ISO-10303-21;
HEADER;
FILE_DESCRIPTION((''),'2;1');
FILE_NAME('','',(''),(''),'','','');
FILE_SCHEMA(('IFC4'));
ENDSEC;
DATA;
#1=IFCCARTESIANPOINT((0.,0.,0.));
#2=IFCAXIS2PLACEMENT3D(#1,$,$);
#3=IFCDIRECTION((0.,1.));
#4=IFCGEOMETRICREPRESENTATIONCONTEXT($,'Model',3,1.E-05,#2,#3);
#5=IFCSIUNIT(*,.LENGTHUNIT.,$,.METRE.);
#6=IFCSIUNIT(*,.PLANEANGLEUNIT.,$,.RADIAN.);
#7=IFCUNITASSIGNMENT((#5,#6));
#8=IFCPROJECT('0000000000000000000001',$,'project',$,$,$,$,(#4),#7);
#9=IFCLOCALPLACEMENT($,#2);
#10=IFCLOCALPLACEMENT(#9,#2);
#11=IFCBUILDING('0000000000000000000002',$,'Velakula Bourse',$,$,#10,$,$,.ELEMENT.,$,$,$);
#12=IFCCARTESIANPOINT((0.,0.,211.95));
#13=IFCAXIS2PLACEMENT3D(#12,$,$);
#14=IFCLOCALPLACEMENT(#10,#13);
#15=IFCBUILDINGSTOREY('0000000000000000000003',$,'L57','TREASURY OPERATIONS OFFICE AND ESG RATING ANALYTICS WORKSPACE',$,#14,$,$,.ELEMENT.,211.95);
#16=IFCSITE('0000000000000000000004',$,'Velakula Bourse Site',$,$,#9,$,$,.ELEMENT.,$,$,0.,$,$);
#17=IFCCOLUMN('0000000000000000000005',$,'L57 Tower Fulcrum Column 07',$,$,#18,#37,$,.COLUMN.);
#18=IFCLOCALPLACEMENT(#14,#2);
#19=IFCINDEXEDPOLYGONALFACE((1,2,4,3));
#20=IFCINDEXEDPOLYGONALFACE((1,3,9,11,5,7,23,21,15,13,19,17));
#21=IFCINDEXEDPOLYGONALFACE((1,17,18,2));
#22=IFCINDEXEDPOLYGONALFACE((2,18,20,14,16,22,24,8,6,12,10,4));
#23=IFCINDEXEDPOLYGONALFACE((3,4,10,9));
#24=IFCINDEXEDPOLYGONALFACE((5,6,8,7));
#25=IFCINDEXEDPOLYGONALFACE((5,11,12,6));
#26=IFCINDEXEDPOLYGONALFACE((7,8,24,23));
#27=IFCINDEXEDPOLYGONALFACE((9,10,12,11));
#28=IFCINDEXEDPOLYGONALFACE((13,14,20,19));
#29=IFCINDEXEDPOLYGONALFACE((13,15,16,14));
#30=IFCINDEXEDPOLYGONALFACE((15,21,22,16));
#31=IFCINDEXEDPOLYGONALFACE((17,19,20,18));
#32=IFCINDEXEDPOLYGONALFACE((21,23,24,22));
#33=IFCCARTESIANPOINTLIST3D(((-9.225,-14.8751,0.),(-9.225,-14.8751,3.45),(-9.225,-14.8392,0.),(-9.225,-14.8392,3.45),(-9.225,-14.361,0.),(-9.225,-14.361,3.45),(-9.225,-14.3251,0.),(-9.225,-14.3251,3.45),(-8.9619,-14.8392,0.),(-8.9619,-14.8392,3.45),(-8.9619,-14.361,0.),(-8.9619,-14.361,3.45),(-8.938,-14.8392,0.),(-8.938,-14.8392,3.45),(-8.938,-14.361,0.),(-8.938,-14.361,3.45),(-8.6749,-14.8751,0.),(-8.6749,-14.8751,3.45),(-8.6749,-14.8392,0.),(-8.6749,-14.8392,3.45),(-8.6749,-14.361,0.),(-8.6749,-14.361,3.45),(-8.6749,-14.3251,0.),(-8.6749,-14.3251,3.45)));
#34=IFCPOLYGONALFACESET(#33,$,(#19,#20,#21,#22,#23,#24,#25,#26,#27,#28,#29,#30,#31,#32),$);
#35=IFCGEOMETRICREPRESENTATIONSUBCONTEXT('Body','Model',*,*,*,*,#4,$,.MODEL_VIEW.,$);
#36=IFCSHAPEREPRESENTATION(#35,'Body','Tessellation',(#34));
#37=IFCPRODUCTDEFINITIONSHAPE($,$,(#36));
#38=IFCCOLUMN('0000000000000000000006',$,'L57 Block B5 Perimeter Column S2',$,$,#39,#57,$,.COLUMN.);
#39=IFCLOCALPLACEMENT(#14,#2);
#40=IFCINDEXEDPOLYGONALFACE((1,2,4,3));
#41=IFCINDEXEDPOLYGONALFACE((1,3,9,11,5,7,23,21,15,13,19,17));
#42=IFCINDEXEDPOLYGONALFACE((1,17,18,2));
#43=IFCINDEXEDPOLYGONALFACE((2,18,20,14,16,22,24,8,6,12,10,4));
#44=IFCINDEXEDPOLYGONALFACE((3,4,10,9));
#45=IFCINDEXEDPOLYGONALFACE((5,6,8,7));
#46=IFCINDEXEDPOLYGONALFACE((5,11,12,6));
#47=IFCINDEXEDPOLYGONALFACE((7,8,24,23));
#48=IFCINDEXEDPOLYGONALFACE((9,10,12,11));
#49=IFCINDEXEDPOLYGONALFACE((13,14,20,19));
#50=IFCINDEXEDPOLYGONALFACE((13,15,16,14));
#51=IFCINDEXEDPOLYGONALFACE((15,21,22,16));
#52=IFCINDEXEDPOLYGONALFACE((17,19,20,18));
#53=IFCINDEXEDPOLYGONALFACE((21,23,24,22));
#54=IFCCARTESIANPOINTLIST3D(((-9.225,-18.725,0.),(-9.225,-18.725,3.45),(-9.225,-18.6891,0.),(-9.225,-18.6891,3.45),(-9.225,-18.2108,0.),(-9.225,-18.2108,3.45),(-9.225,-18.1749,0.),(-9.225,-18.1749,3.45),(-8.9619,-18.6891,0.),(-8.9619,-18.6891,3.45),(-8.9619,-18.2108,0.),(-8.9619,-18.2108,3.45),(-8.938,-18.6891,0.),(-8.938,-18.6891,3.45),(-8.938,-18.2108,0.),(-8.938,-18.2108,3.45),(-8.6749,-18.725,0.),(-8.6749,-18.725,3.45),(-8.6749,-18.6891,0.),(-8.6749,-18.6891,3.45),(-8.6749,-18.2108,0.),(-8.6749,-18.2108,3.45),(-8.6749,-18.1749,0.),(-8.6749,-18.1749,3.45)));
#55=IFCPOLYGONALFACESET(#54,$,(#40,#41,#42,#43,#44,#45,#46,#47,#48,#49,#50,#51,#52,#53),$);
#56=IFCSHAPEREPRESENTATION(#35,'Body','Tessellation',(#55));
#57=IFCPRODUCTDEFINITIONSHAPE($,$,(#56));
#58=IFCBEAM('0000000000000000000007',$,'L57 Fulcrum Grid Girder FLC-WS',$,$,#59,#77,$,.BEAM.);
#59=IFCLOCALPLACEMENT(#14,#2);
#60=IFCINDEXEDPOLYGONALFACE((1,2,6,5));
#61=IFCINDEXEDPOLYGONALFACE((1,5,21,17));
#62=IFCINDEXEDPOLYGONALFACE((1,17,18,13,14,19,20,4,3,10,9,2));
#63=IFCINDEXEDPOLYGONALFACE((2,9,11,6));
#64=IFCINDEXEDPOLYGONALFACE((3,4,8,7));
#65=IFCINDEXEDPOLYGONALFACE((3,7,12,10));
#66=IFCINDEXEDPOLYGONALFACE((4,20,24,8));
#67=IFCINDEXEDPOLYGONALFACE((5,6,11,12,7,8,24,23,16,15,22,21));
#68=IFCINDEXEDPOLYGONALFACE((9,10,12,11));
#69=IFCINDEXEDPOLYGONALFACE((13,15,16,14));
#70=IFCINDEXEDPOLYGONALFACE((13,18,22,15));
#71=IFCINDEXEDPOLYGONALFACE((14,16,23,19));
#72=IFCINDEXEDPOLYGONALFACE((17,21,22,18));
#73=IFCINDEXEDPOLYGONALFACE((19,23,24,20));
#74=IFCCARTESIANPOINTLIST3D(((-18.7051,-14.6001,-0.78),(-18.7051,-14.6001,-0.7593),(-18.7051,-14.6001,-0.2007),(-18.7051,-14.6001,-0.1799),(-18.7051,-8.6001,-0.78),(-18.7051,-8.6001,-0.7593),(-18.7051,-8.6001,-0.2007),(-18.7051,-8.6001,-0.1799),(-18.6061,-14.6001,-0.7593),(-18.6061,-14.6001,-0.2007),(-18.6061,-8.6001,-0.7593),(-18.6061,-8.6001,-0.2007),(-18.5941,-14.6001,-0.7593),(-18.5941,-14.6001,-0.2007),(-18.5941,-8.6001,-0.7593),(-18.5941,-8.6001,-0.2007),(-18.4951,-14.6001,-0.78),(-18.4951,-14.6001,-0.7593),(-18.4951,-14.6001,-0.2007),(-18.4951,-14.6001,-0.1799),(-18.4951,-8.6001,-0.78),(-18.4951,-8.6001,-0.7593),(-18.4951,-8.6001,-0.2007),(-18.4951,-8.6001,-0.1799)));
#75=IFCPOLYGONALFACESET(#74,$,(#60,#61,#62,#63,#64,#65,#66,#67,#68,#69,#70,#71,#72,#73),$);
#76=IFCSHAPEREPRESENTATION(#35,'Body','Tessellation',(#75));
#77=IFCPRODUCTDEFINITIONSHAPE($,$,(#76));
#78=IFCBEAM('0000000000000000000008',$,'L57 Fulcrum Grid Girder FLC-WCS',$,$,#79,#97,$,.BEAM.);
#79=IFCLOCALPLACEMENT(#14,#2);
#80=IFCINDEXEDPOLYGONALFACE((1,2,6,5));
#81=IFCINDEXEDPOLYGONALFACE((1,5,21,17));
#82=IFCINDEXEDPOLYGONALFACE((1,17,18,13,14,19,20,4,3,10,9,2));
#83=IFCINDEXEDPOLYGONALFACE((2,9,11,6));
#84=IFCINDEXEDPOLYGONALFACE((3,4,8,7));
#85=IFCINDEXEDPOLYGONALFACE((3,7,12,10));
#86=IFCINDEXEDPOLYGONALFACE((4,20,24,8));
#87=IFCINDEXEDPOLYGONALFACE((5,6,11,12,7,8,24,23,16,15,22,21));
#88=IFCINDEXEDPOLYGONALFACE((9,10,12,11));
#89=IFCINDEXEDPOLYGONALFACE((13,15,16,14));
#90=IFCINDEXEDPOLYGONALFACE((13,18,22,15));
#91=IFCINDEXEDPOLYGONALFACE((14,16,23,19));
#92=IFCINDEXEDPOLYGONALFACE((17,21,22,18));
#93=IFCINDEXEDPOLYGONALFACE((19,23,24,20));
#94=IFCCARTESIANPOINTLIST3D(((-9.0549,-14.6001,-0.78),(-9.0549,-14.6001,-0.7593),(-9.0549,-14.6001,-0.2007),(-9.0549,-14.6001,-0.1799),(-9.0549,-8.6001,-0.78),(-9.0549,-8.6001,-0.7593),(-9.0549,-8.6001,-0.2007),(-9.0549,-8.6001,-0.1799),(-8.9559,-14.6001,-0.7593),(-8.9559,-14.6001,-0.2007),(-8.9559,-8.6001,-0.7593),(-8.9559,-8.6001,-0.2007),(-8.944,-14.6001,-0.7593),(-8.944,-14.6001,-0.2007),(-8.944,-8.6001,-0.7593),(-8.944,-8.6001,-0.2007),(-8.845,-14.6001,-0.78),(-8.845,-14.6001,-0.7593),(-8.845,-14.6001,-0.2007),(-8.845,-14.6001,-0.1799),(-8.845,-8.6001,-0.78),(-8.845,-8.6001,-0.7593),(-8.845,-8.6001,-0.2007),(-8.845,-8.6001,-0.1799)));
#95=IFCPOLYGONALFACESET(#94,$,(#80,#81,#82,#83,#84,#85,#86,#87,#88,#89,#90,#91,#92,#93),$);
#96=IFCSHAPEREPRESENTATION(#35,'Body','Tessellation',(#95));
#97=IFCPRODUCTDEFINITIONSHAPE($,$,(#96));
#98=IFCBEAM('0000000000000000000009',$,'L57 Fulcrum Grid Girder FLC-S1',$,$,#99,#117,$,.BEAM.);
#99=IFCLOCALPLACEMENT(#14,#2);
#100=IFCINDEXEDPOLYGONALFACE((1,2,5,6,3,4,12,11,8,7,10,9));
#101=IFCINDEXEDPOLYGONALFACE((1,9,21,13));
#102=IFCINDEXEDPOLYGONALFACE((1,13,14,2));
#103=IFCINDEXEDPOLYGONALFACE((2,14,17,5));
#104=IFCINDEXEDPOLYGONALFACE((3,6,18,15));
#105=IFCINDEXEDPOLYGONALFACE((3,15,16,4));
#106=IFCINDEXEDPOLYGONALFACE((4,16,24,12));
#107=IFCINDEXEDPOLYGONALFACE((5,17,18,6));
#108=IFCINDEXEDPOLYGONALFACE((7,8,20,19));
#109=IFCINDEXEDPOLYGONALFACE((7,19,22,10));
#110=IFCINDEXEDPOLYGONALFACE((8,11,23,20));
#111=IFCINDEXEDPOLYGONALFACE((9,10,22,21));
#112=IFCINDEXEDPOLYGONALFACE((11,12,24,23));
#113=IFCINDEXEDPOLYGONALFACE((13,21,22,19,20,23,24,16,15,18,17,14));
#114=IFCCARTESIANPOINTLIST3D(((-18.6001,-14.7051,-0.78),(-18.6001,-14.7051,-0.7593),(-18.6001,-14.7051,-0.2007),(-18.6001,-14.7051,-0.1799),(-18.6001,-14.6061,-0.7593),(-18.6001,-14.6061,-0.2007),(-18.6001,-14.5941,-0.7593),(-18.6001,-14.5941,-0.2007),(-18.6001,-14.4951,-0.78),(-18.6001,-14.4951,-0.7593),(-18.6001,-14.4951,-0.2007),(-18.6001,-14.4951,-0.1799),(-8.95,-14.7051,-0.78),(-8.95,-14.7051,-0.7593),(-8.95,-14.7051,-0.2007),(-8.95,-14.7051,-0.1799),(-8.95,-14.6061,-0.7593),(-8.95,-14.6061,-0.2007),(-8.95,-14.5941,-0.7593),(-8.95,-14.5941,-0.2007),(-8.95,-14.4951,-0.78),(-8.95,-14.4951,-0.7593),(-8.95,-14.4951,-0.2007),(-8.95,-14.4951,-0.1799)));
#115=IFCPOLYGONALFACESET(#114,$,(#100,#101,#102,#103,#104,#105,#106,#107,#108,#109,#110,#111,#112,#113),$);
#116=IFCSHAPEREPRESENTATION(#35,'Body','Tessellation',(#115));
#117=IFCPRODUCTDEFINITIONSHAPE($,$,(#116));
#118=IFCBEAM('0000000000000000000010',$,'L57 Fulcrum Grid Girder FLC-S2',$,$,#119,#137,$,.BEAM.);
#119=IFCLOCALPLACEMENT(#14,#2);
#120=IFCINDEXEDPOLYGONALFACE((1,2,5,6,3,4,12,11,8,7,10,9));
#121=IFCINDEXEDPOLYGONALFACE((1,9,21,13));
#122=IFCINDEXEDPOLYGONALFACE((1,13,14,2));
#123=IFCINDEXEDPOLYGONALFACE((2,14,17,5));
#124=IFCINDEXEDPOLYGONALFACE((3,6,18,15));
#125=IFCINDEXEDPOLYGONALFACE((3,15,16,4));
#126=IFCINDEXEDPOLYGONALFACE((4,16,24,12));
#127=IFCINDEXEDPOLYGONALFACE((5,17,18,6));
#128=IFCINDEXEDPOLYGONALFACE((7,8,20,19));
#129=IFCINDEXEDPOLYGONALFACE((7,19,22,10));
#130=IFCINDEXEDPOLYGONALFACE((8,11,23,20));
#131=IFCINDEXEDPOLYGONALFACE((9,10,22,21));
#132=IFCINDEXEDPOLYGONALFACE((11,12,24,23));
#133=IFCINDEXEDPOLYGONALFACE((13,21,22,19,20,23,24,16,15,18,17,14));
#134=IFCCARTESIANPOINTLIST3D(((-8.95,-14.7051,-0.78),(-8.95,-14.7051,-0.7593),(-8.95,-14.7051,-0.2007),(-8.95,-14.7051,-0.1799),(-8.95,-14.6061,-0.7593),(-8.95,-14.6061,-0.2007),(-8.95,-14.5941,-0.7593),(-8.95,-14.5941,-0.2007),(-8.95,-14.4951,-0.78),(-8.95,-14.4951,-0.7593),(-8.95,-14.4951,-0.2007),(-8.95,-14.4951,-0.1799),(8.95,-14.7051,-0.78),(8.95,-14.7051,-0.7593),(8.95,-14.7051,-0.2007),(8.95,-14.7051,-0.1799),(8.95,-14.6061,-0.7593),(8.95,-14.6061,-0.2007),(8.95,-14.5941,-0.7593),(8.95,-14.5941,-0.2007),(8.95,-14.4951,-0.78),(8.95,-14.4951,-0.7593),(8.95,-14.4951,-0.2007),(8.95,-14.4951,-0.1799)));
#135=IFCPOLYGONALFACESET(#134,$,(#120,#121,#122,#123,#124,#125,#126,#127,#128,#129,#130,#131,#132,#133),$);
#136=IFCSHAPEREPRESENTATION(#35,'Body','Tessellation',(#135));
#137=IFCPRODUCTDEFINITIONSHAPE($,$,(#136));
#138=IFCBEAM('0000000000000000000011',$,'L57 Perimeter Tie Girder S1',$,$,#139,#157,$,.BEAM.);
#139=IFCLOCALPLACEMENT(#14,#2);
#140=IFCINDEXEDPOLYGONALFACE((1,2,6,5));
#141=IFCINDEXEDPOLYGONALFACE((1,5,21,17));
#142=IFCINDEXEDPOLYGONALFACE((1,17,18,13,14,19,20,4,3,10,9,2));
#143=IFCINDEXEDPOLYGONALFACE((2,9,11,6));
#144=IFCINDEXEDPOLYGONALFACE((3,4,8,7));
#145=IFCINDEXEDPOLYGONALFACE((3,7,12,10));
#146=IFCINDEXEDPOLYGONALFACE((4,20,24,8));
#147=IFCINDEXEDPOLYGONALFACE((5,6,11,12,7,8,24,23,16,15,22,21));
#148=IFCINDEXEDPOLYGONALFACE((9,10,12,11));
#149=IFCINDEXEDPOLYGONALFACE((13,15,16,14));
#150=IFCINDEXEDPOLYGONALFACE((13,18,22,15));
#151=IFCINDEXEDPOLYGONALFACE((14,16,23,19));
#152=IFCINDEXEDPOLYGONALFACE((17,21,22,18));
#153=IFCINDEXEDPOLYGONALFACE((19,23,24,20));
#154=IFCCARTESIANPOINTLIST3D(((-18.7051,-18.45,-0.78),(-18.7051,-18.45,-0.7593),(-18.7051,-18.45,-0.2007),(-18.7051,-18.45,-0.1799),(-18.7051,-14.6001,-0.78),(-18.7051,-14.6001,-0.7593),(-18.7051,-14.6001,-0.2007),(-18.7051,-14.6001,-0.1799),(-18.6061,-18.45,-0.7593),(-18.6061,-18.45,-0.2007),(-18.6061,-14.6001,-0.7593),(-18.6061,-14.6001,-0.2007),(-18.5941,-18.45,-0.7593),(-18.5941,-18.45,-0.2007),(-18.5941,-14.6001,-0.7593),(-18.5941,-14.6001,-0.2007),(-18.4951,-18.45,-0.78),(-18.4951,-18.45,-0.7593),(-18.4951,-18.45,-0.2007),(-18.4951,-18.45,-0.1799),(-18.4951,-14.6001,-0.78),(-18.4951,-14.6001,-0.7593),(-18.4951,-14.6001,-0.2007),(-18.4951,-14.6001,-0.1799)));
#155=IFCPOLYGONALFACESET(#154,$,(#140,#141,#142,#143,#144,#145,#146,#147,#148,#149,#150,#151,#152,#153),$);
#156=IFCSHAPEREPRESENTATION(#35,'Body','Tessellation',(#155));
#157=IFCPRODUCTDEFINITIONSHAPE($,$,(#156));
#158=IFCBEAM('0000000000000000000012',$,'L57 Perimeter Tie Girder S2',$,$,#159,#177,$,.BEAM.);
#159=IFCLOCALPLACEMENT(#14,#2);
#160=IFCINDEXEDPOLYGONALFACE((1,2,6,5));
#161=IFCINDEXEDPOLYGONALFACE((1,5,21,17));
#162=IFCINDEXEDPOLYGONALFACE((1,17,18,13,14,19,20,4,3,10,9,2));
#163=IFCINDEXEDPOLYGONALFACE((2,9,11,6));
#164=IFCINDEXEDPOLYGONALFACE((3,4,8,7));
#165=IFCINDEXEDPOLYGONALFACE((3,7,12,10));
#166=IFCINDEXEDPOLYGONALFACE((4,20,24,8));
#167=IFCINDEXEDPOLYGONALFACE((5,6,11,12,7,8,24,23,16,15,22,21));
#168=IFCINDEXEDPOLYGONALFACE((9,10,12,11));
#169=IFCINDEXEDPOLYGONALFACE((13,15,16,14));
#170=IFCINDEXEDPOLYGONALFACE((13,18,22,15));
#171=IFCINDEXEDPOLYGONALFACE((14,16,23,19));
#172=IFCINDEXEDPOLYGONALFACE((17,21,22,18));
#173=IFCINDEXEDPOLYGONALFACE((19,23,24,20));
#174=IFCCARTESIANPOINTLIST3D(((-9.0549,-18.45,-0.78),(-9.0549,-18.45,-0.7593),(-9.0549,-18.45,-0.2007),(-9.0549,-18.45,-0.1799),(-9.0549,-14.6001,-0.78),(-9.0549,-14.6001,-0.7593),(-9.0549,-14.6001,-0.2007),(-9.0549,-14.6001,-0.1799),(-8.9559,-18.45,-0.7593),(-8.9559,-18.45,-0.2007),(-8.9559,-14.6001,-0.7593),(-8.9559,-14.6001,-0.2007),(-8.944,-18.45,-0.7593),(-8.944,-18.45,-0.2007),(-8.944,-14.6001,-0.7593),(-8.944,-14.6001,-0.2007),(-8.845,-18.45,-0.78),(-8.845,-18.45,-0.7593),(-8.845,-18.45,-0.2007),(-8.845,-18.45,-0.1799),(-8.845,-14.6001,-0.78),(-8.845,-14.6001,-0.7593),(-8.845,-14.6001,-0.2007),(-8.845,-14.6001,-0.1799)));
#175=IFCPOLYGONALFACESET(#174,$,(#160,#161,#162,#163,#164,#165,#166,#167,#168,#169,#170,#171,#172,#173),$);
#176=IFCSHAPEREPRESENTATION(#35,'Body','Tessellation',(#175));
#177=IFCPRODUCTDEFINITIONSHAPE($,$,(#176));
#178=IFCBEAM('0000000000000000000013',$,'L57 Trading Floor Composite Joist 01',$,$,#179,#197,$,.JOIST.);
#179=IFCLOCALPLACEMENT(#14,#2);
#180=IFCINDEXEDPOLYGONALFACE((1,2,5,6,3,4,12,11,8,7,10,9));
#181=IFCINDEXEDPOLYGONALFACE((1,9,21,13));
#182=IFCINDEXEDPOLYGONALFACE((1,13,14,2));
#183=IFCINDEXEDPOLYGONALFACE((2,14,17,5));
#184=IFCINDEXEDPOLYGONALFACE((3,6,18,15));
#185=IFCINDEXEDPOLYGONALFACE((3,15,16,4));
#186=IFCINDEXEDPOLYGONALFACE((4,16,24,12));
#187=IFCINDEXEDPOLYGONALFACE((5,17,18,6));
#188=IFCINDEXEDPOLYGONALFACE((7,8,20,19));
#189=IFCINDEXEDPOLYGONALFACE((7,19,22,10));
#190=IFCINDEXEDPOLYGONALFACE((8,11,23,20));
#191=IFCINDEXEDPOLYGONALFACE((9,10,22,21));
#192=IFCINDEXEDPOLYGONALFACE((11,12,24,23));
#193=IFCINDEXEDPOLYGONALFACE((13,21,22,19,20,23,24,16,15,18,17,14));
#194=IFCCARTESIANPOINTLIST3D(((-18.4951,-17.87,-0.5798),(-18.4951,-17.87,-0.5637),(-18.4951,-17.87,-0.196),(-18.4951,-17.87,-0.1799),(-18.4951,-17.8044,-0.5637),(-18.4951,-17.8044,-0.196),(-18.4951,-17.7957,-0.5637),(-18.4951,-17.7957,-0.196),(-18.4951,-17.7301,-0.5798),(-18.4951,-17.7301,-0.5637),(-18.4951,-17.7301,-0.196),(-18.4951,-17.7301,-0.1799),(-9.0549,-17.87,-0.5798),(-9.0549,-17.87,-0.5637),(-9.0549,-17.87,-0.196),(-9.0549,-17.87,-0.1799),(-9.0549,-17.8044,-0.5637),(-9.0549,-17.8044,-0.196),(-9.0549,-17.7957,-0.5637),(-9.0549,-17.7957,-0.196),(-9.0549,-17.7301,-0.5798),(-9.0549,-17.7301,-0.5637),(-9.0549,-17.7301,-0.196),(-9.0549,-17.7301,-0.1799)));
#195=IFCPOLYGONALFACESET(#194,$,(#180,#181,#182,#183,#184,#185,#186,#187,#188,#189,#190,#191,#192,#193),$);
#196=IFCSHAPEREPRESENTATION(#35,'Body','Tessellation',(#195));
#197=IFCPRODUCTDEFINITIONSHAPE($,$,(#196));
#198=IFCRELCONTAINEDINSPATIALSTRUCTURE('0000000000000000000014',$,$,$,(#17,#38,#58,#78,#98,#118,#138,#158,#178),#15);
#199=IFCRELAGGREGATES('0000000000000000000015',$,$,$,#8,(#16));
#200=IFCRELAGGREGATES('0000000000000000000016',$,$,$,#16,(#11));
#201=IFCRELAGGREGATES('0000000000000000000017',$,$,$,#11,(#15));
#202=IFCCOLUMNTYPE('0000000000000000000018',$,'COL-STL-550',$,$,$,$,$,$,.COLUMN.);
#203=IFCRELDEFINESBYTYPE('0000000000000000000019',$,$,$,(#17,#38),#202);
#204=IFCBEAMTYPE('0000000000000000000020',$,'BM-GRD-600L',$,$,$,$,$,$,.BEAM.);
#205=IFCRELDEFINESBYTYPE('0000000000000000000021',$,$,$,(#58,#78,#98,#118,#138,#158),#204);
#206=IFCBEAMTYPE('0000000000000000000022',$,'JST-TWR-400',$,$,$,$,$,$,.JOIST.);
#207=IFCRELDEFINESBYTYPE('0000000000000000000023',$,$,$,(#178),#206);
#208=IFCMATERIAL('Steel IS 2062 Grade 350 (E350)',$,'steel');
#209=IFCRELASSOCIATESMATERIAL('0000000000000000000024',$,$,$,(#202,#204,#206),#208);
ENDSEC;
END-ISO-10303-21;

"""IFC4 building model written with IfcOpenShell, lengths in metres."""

from ifc_helpers import new_model, si_unit, direction, frame, origin, origin_2d, place, context, subcontext, project, spatial, i_section, extrude, material, material_profile, profile_set, type_object, element, save


model = new_model("IFC4")

# Units and contexts
model_context = context("Model", 3, precision=1e-05, world=origin(), true_north=direction((0.0, 1.0)))
body_context = subcontext(model_context, "Body", "Model", "MODEL_VIEW")
ifc_project = project(units=[si_unit("LENGTHUNIT", "METRE"), si_unit("PLANEANGLEUNIT", "RADIAN")], contexts=[model_context])

# Site, building, storey
site_placement = place(None, origin())
site = spatial("IfcSite", under=ifc_project, at=site_placement, Name="Velakula Bourse Site", CompositionType="ELEMENT", RefElevation=0.0)
building_placement = place(site_placement, origin())
building = spatial("IfcBuilding", under=site, at=building_placement, Name="Velakula Bourse", CompositionType="ELEMENT")
storey_placement = place(building_placement, frame((0.0, 0.0, 211.95)))
storey = spatial("IfcBuildingStorey", under=building, at=storey_placement, Name="L57", Description="TREASURY OPERATIONS OFFICE AND ESG RATING ANALYTICS WORKSPACE", CompositionType="ELEMENT", Elevation=211.95)

# Columns
ifc_material_1 = material(Name="Steel IS 2062 Grade 350 (E350)", Category="steel")
ifc_material_profile_1 = material_profile(ifc_material_1, i_section(OverallWidth=0.55, OverallDepth=0.55, WebThickness=0.0239, FlangeThickness=0.0359, at=origin_2d()), Name="Steel IS 2062 Grade 350 (E350)")
ifc_profile_set_1 = profile_set([ifc_material_profile_1], Name="Steel IS 2062 Grade 350 (E350)")
column_type = type_object("IfcColumnType", Name="COL-STL-550", PredefinedType="COLUMN", material=ifc_profile_set_1)
for number, where, z_axis, x_axis, name in (
    (1, (-8.95, -14.6001, 0.0), (0.0, 0.0, 1.0), (1.0, 0.0, 0.0), "L57 Tower Fulcrum Column 07"),
    (2, (-8.95, -18.45, 0.0), (0.0, 0.0, 1.0), (1.0, 0.0, 0.0), "L57 Block B5 Perimeter Column S2"),
):
    element("IfcColumn", number, at=place(storey_placement, frame(where, z_axis=z_axis, x_axis=x_axis)), inside=storey, type_object=column_type, Name=name, PredefinedType="COLUMN", context=body_context, shape_type="SweptSolid", body=[
        extrude(i_section(OverallWidth=0.55, OverallDepth=0.55, WebThickness=0.0239, FlangeThickness=0.0359, at=origin_2d()), origin(), (0.0, 0.0, 1.0), 3.45),
    ])

# Beams
ifc_material_profile_2 = material_profile(ifc_material_1, i_section(OverallWidth=0.21, OverallDepth=0.6001, WebThickness=0.012, FlangeThickness=0.0208, at=origin_2d()), Name="Steel IS 2062 Grade 350 (E350)")
ifc_profile_set_2 = profile_set([ifc_material_profile_2], Name="Steel IS 2062 Grade 350 (E350)")
beam_type_1 = type_object("IfcBeamType", Name="BM-GRD-600L", PredefinedType="BEAM", material=ifc_profile_set_2)
for number, where, z_axis, x_axis, name in (
    (3, (-18.6001, -14.6001, -0.48), (0.0, 1.0, 0.0), (-1.0, 0.0, 0.0), "L57 Fulcrum Grid Girder FLC-WS"),
    (4, (-8.95, -14.6001, -0.48), (0.0, 1.0, 0.0), (-1.0, 0.0, 0.0), "L57 Fulcrum Grid Girder FLC-WCS"),
):
    element("IfcBeam", number, at=place(storey_placement, frame(where, z_axis=z_axis, x_axis=x_axis)), inside=storey, type_object=beam_type_1, Name=name, PredefinedType="BEAM", context=body_context, shape_type="SweptSolid", body=[
        extrude(i_section(OverallWidth=0.21, OverallDepth=0.6001, WebThickness=0.012, FlangeThickness=0.0208, at=origin_2d()), origin(), (0.0, 0.0, 1.0), 6.0),
    ])
beam_1_placement = place(storey_placement, frame((-18.6001, -14.6001, -0.48), z_axis=(1.0, 0.0, 0.0), x_axis=(0.0, 1.0, 0.0)))
element("IfcBeam", 5, at=beam_1_placement, inside=storey, type_object=beam_type_1, Name="L57 Fulcrum Grid Girder FLC-S1", PredefinedType="BEAM", context=body_context, shape_type="SweptSolid", body=[
    extrude(i_section(OverallWidth=0.21, OverallDepth=0.6001, WebThickness=0.012, FlangeThickness=0.0208, at=origin_2d()), origin(), (0.0, 0.0, 1.0), 9.6501),
])
beam_2_placement = place(storey_placement, frame((-8.95, -14.6001, -0.48), z_axis=(1.0, 0.0, 0.0), x_axis=(0.0, 1.0, 0.0)))
element("IfcBeam", 6, at=beam_2_placement, inside=storey, type_object=beam_type_1, Name="L57 Fulcrum Grid Girder FLC-S2", PredefinedType="BEAM", context=body_context, shape_type="SweptSolid", body=[
    extrude(i_section(OverallWidth=0.21, OverallDepth=0.6001, WebThickness=0.012, FlangeThickness=0.0208, at=origin_2d()), origin(), (0.0, 0.0, 1.0), 17.8999),
])
for number, where, z_axis, x_axis, name in (
    (7, (-18.6001, -14.6001, -0.48), (0.0, -1.0, 0.0), (1.0, 0.0, 0.0), "L57 Perimeter Tie Girder S1"),
    (8, (-8.95, -14.6001, -0.48), (0.0, -1.0, 0.0), (1.0, 0.0, 0.0), "L57 Perimeter Tie Girder S2"),
):
    element("IfcBeam", number, at=place(storey_placement, frame(where, z_axis=z_axis, x_axis=x_axis)), inside=storey, type_object=beam_type_1, Name=name, PredefinedType="BEAM", context=body_context, shape_type="SweptSolid", body=[
        extrude(i_section(OverallWidth=0.21, OverallDepth=0.6001, WebThickness=0.012, FlangeThickness=0.0208, at=origin_2d()), origin(), (0.0, 0.0, 1.0), 3.8499),
    ])
ifc_material_profile_3 = material_profile(ifc_material_1, i_section(OverallWidth=0.1399, OverallDepth=0.3999, WebThickness=0.0088, FlangeThickness=0.0161, at=origin_2d()), Name="Steel IS 2062 Grade 350 (E350)")
ifc_profile_set_3 = profile_set([ifc_material_profile_3], Name="Steel IS 2062 Grade 350 (E350)")
beam_type_2 = type_object("IfcBeamType", Name="JST-TWR-400", PredefinedType="JOIST", material=ifc_profile_set_3)
beam_3_placement = place(storey_placement, frame((-18.4951, -17.8, -0.3799), z_axis=(1.0, 0.0, 0.0), x_axis=(0.0, 1.0, 0.0)))
element("IfcBeam", 9, at=beam_3_placement, inside=storey, type_object=beam_type_2, Name="L57 Trading Floor Composite Joist 01", PredefinedType="JOIST", context=body_context, shape_type="SweptSolid", body=[
    extrude(i_section(OverallWidth=0.1399, OverallDepth=0.3999, WebThickness=0.0088, FlangeThickness=0.0161, at=origin_2d()), origin(), (0.0, 0.0, 1.0), 9.4402),
])

save(model, "model.ifc")
